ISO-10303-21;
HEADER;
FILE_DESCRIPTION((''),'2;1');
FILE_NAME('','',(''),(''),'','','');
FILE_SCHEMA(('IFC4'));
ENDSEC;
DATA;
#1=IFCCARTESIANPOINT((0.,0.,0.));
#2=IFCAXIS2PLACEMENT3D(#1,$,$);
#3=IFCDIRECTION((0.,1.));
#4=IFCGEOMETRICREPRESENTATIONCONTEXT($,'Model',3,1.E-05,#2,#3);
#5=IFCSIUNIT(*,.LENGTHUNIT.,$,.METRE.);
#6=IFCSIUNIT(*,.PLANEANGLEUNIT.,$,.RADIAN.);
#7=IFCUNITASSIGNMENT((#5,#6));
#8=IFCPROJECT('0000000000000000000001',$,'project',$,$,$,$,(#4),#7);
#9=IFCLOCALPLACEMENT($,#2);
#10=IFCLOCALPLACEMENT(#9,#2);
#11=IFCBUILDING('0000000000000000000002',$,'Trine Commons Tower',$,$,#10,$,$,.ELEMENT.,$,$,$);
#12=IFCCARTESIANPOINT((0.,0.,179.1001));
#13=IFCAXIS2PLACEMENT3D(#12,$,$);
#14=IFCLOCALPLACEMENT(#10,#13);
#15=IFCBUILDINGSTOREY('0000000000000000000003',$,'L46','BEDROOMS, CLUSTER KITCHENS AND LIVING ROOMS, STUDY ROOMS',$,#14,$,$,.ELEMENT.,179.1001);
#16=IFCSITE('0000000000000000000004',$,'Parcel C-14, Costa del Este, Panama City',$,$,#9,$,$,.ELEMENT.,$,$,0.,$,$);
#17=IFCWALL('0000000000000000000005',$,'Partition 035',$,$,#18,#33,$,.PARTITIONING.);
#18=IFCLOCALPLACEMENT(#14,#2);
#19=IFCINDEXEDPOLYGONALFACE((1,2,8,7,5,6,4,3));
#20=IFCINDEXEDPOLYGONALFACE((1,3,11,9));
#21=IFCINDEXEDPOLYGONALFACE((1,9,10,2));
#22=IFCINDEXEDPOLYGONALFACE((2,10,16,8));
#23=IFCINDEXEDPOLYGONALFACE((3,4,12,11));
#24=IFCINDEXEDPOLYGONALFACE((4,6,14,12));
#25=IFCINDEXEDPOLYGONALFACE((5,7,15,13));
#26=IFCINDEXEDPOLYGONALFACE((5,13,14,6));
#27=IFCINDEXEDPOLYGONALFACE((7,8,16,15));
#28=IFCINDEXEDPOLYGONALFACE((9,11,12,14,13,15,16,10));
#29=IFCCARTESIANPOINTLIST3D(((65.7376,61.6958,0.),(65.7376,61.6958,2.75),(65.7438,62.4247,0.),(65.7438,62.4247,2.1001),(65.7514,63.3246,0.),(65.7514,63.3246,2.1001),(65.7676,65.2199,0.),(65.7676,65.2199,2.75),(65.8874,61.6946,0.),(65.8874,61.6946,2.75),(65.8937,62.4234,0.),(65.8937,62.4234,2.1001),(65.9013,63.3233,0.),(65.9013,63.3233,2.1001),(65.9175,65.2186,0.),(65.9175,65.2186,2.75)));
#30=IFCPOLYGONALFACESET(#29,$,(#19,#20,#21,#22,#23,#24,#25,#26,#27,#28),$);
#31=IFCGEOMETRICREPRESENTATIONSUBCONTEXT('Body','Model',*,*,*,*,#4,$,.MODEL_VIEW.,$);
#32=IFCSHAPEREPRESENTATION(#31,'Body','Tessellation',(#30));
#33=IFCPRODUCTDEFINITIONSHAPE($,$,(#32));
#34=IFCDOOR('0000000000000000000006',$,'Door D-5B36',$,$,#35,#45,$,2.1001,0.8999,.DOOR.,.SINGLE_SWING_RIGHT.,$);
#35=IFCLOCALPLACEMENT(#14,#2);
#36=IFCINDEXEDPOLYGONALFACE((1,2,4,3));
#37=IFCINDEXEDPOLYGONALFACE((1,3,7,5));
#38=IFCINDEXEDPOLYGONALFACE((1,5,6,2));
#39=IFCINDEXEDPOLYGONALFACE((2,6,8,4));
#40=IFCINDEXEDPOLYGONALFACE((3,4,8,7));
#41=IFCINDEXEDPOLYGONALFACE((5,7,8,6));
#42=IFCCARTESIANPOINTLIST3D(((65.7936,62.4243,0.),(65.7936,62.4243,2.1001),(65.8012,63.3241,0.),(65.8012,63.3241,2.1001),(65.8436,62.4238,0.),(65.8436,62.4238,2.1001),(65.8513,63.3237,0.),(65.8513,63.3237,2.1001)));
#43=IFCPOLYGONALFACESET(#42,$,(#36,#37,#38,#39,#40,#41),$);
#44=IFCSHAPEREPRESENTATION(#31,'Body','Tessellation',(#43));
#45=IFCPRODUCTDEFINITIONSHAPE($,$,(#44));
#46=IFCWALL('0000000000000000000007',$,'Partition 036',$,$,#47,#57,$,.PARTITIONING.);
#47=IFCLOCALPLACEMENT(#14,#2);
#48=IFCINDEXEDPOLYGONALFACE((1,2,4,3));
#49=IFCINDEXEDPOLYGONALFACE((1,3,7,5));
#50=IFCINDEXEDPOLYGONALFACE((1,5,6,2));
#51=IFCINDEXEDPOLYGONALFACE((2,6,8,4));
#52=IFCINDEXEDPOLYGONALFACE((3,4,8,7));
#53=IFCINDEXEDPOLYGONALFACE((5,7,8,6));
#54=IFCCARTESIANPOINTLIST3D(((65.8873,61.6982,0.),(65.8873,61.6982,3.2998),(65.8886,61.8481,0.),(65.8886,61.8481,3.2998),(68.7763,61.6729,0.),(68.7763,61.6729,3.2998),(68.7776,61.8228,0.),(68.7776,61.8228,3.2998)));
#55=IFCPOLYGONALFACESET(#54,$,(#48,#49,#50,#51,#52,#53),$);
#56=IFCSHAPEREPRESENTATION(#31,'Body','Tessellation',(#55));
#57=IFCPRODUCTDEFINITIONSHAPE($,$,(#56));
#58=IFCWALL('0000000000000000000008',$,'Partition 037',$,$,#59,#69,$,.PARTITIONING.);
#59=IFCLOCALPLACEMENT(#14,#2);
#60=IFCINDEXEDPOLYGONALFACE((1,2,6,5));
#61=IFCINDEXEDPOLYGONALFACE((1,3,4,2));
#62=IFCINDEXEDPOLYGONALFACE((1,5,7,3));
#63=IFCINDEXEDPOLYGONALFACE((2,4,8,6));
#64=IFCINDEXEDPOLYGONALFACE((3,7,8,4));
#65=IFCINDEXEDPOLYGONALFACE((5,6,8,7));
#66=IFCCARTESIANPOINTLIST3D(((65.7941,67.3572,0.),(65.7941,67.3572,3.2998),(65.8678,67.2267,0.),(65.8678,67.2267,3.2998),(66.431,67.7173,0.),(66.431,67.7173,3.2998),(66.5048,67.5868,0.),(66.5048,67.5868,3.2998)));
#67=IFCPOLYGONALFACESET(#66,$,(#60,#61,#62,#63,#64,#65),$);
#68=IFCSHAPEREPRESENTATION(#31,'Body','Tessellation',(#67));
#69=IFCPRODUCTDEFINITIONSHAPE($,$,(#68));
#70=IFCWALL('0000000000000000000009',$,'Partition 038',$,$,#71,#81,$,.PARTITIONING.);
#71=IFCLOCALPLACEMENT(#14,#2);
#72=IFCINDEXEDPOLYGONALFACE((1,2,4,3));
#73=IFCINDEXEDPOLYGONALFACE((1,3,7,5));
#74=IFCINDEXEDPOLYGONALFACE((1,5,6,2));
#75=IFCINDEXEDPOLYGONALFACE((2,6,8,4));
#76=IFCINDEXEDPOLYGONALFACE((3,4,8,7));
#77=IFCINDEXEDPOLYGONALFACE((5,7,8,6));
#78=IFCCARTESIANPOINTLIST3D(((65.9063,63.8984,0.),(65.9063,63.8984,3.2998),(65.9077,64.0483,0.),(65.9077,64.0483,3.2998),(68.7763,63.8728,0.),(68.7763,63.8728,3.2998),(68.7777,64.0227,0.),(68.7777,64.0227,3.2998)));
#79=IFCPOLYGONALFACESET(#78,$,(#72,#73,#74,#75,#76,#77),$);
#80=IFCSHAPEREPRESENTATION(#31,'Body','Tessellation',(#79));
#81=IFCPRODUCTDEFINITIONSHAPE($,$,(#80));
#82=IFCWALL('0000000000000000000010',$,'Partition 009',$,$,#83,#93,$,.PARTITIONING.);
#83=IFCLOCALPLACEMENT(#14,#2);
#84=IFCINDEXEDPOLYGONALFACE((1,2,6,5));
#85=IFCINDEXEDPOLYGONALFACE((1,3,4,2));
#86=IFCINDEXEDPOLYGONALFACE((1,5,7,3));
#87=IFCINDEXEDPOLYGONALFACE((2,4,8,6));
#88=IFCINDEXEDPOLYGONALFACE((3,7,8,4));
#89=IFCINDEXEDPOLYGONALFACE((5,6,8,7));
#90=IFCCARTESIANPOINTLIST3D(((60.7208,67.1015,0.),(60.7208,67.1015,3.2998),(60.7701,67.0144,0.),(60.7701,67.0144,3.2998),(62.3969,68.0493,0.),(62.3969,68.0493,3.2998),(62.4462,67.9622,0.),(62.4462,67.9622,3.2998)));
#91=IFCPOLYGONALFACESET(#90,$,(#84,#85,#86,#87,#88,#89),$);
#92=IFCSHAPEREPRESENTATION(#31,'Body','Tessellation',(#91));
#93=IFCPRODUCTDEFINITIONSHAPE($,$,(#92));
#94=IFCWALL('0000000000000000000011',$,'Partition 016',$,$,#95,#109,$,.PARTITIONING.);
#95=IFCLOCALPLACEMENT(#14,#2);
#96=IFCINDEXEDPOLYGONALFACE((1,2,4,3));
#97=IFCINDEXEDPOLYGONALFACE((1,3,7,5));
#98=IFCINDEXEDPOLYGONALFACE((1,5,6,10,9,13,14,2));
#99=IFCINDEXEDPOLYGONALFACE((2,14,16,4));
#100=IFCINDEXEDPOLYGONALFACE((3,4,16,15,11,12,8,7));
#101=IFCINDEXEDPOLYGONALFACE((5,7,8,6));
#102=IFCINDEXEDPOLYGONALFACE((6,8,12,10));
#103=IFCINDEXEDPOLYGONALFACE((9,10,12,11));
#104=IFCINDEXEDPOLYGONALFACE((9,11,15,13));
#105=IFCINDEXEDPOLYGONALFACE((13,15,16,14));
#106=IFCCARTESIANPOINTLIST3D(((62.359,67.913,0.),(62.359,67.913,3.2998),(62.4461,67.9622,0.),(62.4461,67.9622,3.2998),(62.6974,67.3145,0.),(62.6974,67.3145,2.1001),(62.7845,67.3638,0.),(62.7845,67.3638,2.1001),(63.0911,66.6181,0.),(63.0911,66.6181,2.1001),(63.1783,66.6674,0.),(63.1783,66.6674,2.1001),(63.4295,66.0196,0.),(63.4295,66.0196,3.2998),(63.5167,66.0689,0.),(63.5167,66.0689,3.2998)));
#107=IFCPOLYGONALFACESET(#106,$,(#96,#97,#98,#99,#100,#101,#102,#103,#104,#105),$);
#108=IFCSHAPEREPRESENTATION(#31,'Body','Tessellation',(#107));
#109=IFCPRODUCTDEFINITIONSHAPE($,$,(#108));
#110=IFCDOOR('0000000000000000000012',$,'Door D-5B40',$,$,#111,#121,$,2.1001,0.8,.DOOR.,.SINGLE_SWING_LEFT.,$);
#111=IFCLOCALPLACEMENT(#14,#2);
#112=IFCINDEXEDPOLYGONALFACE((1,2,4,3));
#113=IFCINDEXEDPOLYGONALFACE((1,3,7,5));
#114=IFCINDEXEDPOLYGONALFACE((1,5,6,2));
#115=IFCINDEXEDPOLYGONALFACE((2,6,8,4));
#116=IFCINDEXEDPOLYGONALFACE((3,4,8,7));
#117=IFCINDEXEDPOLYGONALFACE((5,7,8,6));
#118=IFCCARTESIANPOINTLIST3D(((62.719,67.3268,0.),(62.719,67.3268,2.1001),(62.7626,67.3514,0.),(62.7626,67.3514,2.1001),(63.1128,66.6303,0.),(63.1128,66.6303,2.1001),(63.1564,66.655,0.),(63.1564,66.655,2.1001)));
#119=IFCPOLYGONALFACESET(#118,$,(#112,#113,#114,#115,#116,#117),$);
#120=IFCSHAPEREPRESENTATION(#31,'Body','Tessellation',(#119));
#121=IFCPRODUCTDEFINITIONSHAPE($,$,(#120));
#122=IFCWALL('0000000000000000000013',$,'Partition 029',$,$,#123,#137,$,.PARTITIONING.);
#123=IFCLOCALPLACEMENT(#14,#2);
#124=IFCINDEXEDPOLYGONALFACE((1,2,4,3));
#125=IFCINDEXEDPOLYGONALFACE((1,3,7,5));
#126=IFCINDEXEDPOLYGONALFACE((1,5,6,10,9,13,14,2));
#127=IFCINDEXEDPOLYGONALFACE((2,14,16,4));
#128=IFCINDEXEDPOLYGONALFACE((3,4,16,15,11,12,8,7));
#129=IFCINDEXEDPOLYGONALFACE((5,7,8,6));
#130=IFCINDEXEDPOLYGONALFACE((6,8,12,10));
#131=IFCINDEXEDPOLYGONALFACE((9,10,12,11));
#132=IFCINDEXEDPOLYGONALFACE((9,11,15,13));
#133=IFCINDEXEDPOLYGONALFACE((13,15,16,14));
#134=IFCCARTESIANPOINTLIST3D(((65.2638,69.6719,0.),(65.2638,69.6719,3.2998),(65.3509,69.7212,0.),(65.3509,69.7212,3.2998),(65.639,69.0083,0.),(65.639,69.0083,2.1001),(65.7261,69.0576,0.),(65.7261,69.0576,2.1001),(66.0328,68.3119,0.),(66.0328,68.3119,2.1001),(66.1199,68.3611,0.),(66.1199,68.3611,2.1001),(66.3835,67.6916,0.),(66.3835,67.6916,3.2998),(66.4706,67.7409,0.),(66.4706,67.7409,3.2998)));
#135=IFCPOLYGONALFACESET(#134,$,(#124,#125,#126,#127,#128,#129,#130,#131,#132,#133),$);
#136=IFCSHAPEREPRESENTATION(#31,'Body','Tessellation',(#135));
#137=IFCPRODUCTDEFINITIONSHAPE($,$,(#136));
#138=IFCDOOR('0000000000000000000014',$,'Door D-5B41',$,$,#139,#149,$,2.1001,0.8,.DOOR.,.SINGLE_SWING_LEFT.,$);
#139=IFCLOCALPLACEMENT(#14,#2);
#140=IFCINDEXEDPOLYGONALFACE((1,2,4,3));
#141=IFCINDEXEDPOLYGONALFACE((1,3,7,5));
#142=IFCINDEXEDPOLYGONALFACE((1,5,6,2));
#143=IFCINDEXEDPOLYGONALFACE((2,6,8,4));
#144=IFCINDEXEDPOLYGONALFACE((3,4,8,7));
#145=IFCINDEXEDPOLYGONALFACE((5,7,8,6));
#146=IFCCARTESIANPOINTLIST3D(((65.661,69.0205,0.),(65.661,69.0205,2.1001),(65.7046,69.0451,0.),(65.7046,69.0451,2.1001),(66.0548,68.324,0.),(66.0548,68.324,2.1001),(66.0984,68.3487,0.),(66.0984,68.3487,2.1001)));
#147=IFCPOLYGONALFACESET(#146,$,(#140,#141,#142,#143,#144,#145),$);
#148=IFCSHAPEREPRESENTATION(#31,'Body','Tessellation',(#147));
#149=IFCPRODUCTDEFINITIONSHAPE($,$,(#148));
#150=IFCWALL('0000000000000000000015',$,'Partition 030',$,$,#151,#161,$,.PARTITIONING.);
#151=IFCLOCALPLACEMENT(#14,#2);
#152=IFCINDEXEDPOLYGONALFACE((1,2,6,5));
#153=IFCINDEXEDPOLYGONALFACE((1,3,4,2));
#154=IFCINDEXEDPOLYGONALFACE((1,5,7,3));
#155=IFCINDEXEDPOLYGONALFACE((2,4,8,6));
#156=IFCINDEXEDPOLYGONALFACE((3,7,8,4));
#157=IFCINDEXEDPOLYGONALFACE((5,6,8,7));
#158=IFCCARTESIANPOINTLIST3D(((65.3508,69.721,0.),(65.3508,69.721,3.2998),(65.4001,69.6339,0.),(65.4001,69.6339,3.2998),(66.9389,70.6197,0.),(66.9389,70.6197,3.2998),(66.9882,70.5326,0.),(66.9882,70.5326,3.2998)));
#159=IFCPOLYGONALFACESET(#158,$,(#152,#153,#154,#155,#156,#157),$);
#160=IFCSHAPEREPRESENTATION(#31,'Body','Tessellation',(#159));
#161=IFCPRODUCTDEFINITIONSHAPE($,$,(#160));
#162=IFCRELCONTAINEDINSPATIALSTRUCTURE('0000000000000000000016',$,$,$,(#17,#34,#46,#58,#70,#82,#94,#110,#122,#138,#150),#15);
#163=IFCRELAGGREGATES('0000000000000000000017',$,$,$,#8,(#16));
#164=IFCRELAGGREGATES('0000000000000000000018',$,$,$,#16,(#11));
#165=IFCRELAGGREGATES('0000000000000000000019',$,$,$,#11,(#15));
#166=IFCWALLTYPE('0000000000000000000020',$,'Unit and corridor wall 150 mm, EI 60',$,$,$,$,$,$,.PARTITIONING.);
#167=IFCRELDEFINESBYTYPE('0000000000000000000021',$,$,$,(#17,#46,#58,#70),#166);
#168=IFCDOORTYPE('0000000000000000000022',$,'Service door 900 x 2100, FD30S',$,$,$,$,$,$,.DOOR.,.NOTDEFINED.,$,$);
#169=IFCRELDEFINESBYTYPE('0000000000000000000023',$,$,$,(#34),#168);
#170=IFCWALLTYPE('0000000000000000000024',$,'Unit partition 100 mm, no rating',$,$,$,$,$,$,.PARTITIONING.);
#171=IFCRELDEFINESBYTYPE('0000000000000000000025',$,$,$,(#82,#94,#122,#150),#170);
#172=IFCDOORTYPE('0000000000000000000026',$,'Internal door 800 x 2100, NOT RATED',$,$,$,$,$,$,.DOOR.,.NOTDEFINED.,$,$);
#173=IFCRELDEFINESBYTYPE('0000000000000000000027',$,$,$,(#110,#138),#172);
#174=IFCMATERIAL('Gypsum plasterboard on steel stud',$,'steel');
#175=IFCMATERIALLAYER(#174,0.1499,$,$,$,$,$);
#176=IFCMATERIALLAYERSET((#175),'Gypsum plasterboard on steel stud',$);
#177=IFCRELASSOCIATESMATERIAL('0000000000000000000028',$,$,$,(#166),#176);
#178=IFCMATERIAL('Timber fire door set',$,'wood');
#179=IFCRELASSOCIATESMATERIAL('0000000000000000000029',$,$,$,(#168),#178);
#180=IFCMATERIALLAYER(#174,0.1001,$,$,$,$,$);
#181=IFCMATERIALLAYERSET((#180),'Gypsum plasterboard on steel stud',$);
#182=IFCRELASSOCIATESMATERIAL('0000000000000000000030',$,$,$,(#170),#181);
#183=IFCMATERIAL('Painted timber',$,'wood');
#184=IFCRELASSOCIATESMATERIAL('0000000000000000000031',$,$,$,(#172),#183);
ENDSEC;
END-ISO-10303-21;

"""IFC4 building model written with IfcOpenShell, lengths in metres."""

from ifc_helpers import new_model, si_unit, direction, frame, frame_2d, origin, place, context, subcontext, project, spatial, rectangle, extrude, material, layer, layer_set, type_object, element, fill, save


model = new_model("IFC4")

# Units and contexts
model_context = context("Model", 3, precision=1e-05, world=origin(), true_north=direction((0.0, 1.0)))
body_context = subcontext(model_context, "Body", "Model", "MODEL_VIEW")
ifc_project = project(units=[si_unit("LENGTHUNIT", "METRE"), si_unit("PLANEANGLEUNIT", "RADIAN")], contexts=[model_context])

# Site, building, storey
site_placement = place(None, origin())
site = spatial("IfcSite", under=ifc_project, at=site_placement, Name="Parcel C-14, Costa del Este, Panama City", CompositionType="ELEMENT", RefElevation=0.0)
building_placement = place(site_placement, origin())
building = spatial("IfcBuilding", under=site, at=building_placement, Name="Trine Commons Tower", CompositionType="ELEMENT")
storey_placement = place(building_placement, frame((0.0, 0.0, 179.1001)))
storey = spatial("IfcBuildingStorey", under=building, at=storey_placement, Name="L46", Description="BEDROOMS, CLUSTER KITCHENS AND LIVING ROOMS, STUDY ROOMS", CompositionType="ELEMENT", Elevation=179.1001)

# Shared definitions
ifc_material_1 = material(Name="Gypsum plasterboard on steel stud", Category="steel")
ifc_layer_1 = layer(ifc_material_1, 0.1499)
ifc_layer_set_1 = layer_set([ifc_layer_1], Name="Gypsum plasterboard on steel stud")
wall_type_1 = type_object("IfcWallType", Name="Unit and corridor wall 150 mm, EI 60", PredefinedType="PARTITIONING", material=ifc_layer_set_1)

# Shared definitions
ifc_material_2 = material(Name="Timber fire door set", Category="wood")

# Wall, opening, door
door_type_1 = type_object("IfcDoorType", Name="Service door 900 x 2100, FD30S", OperationType="NOTDEFINED", PredefinedType="DOOR", material=ifc_material_2)
wall_1_placement = place(storey_placement, frame((65.8125, 61.6951, 0.0), z_axis=(0.0, 0.0, 1.0), x_axis=(0.008521, 0.999964, 0.0)))
wall_1 = element("IfcWall", 1, at=wall_1_placement, inside=storey, type_object=wall_type_1, Name="Partition 035", PredefinedType="PARTITIONING", context=body_context, shape_type="SweptSolid", body=[
    extrude(rectangle(XDim=3.5242, YDim=0.1499, at=frame_2d((1.7622, 0.0))), origin(), (0.0, 0.0, 1.0), 2.75),
])
opening_1_placement = place(wall_1_placement, frame((0.729, 0.0, 0.0)))
opening_1 = element("IfcOpeningElement", 2, at=opening_1_placement, cuts=wall_1, PredefinedType="OPENING", context=body_context, shape_type="SweptSolid", body=[
    extrude(rectangle(XDim=0.8999, YDim=2.1001, at=frame_2d((0.45, 1.05))), frame((0.0, 0.085, 0.0), z_axis=(0.0, -1.0, 0.0), x_axis=(1.0, 0.0, 0.0)), (0.0, 0.0, 1.0), 0.1699),
])
door_1_placement = place(opening_1_placement, frame((0.8999, 0.0, 0.0), z_axis=(0.0, 0.0, 1.0), x_axis=(-1.0, 0.0, 0.0)))
door_1 = element("IfcDoor", 3, at=door_1_placement, inside=storey, type_object=door_type_1, Name="Door D-5B36", OperationType="SINGLE_SWING_RIGHT", OverallHeight=2.1001, OverallWidth=0.8999, PredefinedType="DOOR", context=body_context, shape_type="SweptSolid", body=[
    extrude(rectangle(XDim=0.8999, YDim=2.1001, at=frame_2d((0.45, 1.05))), frame((0.0, 0.0249, 0.0), z_axis=(0.0, -1.0, 0.0), x_axis=(1.0, 0.0, 0.0)), (0.0, 0.0, 1.0), 0.05),
])
fill(opening_1, door_1)

# Walls
wall_2_placement = place(storey_placement, frame((65.8879, 61.7732, 0.0), z_axis=(0.0, 0.0, 1.0), x_axis=(0.999961, -0.008788, 0.0)))
element("IfcWall", 4, at=wall_2_placement, inside=storey, type_object=wall_type_1, Name="Partition 036", PredefinedType="PARTITIONING", context=body_context, shape_type="SweptSolid", body=[
    extrude(rectangle(XDim=2.8892, YDim=0.1499, at=frame_2d((1.4446, 0.0))), origin(), (0.0, 0.0, 1.0), 3.2998),
])
wall_3_placement = place(storey_placement, frame((65.8311, 67.292, 0.0), z_axis=(0.0, 0.0, 1.0), x_axis=(0.870513, 0.492145, 0.0)))
element("IfcWall", 5, at=wall_3_placement, inside=storey, type_object=wall_type_1, Name="Partition 037", PredefinedType="PARTITIONING", context=body_context, shape_type="SweptSolid", body=[
    extrude(rectangle(XDim=0.7317, YDim=0.1499, at=frame_2d((0.3657, 0.0))), origin(), (0.0, 0.0, 1.0), 3.2998),
])
wall_4_placement = place(storey_placement, frame((65.907, 63.9734, 0.0), z_axis=(0.0, 0.0, 1.0), x_axis=(0.99996, -0.008931, 0.0)))
element("IfcWall", 6, at=wall_4_placement, inside=storey, type_object=wall_type_1, Name="Partition 038", PredefinedType="PARTITIONING", context=body_context, shape_type="SweptSolid", body=[
    extrude(rectangle(XDim=2.8701, YDim=0.1499, at=frame_2d((1.4351, 0.0))), origin(), (0.0, 0.0, 1.0), 3.2998),
])
ifc_layer_2 = layer(ifc_material_1, 0.1001)
ifc_layer_set_2 = layer_set([ifc_layer_2], Name="Gypsum plasterboard on steel stud")
wall_type_2 = type_object("IfcWallType", Name="Unit partition 100 mm, no rating", PredefinedType="PARTITIONING", material=ifc_layer_set_2)
wall_5_placement = place(storey_placement, frame((60.7454, 67.0579, 0.0), z_axis=(0.0, 0.0, 1.0), x_axis=(0.870466, 0.492229, 0.0)))
element("IfcWall", 7, at=wall_5_placement, inside=storey, type_object=wall_type_2, Name="Partition 009", PredefinedType="PARTITIONING", context=body_context, shape_type="SweptSolid", body=[
    extrude(rectangle(XDim=1.9255, YDim=0.1001, at=frame_2d((0.9629, 0.0))), origin(), (0.0, 0.0, 1.0), 3.2998),
])

# Walls, openings, doors
wall_6_placement = place(storey_placement, frame((62.4026, 67.9375, 0.0), z_axis=(0.0, 0.0, 1.0), x_axis=(0.492205, -0.870479, 0.0)))
wall_6 = element("IfcWall", 8, at=wall_6_placement, inside=storey, type_object=wall_type_2, Name="Partition 016", PredefinedType="PARTITIONING", context=body_context, shape_type="SweptSolid", body=[
    extrude(rectangle(XDim=2.175, YDim=0.1001, at=frame_2d((1.0874, 0.0))), origin(), (0.0, 0.0, 1.0), 3.2998),
])
opening_2_placement = place(wall_6_placement, frame((0.6875, 0.0, 0.0)))
opening_2 = element("IfcOpeningElement", 9, at=opening_2_placement, cuts=wall_6, PredefinedType="OPENING", context=body_context, shape_type="SweptSolid", body=[
    extrude(rectangle(XDim=0.8, YDim=2.1001, at=frame_2d((0.3999, 1.05))), frame((0.0, 0.0601, 0.0), z_axis=(0.0, -1.0, 0.0), x_axis=(1.0, 0.0, 0.0)), (0.0, 0.0, 1.0), 0.1201),
])
ifc_material_3 = material(Name="Painted timber", Category="wood")
door_type_2 = type_object("IfcDoorType", Name="Internal door 800 x 2100, NOT RATED", OperationType="NOTDEFINED", PredefinedType="DOOR", material=ifc_material_3)
door_2_placement = place(opening_2_placement, origin())
door_2 = element("IfcDoor", 10, at=door_2_placement, inside=storey, type_object=door_type_2, Name="Door D-5B40", OperationType="SINGLE_SWING_LEFT", OverallHeight=2.1001, OverallWidth=0.8, PredefinedType="DOOR", context=body_context, shape_type="SweptSolid", body=[
    extrude(rectangle(XDim=0.8, YDim=2.1001, at=frame_2d((0.3999, 1.05))), frame((0.0, 0.0249, 0.0), z_axis=(0.0, -1.0, 0.0), x_axis=(1.0, 0.0, 0.0)), (0.0, 0.0, 1.0), 0.05),
])
fill(opening_2, door_2)
wall_7_placement = place(storey_placement, frame((65.3074, 69.6965, 0.0), z_axis=(0.0, 0.0, 1.0), x_axis=(0.492181, -0.870493, 0.0)))
wall_7 = element("IfcWall", 11, at=wall_7_placement, inside=storey, type_object=wall_type_2, Name="Partition 029", PredefinedType="PARTITIONING", context=body_context, shape_type="SweptSolid", body=[
    extrude(rectangle(XDim=2.2749, YDim=0.1001, at=frame_2d((1.1375, 0.0))), origin(), (0.0, 0.0, 1.0), 3.2998),
])
opening_3_placement = place(wall_7_placement, frame((0.7625, 0.0, 0.0)))
opening_3 = element("IfcOpeningElement", 12, at=opening_3_placement, cuts=wall_7, PredefinedType="OPENING", context=body_context, shape_type="SweptSolid", body=[
    extrude(rectangle(XDim=0.8, YDim=2.1001, at=frame_2d((0.3999, 1.05))), frame((0.0, 0.0601, 0.0), z_axis=(0.0, -1.0, 0.0), x_axis=(1.0, 0.0, 0.0)), (0.0, 0.0, 1.0), 0.1201),
])
door_3_placement = place(opening_3_placement, frame((0.8, 0.0, 0.0), z_axis=(0.0, 0.0, 1.0), x_axis=(-1.0, 0.0, 0.0)))
door_3 = element("IfcDoor", 13, at=door_3_placement, inside=storey, type_object=door_type_2, Name="Door D-5B41", OperationType="SINGLE_SWING_LEFT", OverallHeight=2.1001, OverallWidth=0.8, PredefinedType="DOOR", context=body_context, shape_type="SweptSolid", body=[
    extrude(rectangle(XDim=0.8, YDim=2.1001, at=frame_2d((0.3999, 1.05))), frame((0.0, 0.0249, 0.0), z_axis=(0.0, -1.0, 0.0), x_axis=(1.0, 0.0, 0.0)), (0.0, 0.0, 1.0), 0.05),
])
fill(opening_3, door_3)

# Wall
wall_8_placement = place(storey_placement, frame((65.3755, 69.6775, 0.0), z_axis=(0.0, 0.0, 1.0), x_axis=(0.870319, 0.492489, 0.0)))
element("IfcWall", 14, at=wall_8_placement, inside=storey, type_object=wall_type_2, Name="Partition 030", PredefinedType="PARTITIONING", context=body_context, shape_type="SweptSolid", body=[
    extrude(rectangle(XDim=1.8247, YDim=0.1001, at=frame_2d((0.9124, 0.0))), origin(), (0.0, 0.0, 1.0), 3.2998),
])

save(model, "model.ifc")
